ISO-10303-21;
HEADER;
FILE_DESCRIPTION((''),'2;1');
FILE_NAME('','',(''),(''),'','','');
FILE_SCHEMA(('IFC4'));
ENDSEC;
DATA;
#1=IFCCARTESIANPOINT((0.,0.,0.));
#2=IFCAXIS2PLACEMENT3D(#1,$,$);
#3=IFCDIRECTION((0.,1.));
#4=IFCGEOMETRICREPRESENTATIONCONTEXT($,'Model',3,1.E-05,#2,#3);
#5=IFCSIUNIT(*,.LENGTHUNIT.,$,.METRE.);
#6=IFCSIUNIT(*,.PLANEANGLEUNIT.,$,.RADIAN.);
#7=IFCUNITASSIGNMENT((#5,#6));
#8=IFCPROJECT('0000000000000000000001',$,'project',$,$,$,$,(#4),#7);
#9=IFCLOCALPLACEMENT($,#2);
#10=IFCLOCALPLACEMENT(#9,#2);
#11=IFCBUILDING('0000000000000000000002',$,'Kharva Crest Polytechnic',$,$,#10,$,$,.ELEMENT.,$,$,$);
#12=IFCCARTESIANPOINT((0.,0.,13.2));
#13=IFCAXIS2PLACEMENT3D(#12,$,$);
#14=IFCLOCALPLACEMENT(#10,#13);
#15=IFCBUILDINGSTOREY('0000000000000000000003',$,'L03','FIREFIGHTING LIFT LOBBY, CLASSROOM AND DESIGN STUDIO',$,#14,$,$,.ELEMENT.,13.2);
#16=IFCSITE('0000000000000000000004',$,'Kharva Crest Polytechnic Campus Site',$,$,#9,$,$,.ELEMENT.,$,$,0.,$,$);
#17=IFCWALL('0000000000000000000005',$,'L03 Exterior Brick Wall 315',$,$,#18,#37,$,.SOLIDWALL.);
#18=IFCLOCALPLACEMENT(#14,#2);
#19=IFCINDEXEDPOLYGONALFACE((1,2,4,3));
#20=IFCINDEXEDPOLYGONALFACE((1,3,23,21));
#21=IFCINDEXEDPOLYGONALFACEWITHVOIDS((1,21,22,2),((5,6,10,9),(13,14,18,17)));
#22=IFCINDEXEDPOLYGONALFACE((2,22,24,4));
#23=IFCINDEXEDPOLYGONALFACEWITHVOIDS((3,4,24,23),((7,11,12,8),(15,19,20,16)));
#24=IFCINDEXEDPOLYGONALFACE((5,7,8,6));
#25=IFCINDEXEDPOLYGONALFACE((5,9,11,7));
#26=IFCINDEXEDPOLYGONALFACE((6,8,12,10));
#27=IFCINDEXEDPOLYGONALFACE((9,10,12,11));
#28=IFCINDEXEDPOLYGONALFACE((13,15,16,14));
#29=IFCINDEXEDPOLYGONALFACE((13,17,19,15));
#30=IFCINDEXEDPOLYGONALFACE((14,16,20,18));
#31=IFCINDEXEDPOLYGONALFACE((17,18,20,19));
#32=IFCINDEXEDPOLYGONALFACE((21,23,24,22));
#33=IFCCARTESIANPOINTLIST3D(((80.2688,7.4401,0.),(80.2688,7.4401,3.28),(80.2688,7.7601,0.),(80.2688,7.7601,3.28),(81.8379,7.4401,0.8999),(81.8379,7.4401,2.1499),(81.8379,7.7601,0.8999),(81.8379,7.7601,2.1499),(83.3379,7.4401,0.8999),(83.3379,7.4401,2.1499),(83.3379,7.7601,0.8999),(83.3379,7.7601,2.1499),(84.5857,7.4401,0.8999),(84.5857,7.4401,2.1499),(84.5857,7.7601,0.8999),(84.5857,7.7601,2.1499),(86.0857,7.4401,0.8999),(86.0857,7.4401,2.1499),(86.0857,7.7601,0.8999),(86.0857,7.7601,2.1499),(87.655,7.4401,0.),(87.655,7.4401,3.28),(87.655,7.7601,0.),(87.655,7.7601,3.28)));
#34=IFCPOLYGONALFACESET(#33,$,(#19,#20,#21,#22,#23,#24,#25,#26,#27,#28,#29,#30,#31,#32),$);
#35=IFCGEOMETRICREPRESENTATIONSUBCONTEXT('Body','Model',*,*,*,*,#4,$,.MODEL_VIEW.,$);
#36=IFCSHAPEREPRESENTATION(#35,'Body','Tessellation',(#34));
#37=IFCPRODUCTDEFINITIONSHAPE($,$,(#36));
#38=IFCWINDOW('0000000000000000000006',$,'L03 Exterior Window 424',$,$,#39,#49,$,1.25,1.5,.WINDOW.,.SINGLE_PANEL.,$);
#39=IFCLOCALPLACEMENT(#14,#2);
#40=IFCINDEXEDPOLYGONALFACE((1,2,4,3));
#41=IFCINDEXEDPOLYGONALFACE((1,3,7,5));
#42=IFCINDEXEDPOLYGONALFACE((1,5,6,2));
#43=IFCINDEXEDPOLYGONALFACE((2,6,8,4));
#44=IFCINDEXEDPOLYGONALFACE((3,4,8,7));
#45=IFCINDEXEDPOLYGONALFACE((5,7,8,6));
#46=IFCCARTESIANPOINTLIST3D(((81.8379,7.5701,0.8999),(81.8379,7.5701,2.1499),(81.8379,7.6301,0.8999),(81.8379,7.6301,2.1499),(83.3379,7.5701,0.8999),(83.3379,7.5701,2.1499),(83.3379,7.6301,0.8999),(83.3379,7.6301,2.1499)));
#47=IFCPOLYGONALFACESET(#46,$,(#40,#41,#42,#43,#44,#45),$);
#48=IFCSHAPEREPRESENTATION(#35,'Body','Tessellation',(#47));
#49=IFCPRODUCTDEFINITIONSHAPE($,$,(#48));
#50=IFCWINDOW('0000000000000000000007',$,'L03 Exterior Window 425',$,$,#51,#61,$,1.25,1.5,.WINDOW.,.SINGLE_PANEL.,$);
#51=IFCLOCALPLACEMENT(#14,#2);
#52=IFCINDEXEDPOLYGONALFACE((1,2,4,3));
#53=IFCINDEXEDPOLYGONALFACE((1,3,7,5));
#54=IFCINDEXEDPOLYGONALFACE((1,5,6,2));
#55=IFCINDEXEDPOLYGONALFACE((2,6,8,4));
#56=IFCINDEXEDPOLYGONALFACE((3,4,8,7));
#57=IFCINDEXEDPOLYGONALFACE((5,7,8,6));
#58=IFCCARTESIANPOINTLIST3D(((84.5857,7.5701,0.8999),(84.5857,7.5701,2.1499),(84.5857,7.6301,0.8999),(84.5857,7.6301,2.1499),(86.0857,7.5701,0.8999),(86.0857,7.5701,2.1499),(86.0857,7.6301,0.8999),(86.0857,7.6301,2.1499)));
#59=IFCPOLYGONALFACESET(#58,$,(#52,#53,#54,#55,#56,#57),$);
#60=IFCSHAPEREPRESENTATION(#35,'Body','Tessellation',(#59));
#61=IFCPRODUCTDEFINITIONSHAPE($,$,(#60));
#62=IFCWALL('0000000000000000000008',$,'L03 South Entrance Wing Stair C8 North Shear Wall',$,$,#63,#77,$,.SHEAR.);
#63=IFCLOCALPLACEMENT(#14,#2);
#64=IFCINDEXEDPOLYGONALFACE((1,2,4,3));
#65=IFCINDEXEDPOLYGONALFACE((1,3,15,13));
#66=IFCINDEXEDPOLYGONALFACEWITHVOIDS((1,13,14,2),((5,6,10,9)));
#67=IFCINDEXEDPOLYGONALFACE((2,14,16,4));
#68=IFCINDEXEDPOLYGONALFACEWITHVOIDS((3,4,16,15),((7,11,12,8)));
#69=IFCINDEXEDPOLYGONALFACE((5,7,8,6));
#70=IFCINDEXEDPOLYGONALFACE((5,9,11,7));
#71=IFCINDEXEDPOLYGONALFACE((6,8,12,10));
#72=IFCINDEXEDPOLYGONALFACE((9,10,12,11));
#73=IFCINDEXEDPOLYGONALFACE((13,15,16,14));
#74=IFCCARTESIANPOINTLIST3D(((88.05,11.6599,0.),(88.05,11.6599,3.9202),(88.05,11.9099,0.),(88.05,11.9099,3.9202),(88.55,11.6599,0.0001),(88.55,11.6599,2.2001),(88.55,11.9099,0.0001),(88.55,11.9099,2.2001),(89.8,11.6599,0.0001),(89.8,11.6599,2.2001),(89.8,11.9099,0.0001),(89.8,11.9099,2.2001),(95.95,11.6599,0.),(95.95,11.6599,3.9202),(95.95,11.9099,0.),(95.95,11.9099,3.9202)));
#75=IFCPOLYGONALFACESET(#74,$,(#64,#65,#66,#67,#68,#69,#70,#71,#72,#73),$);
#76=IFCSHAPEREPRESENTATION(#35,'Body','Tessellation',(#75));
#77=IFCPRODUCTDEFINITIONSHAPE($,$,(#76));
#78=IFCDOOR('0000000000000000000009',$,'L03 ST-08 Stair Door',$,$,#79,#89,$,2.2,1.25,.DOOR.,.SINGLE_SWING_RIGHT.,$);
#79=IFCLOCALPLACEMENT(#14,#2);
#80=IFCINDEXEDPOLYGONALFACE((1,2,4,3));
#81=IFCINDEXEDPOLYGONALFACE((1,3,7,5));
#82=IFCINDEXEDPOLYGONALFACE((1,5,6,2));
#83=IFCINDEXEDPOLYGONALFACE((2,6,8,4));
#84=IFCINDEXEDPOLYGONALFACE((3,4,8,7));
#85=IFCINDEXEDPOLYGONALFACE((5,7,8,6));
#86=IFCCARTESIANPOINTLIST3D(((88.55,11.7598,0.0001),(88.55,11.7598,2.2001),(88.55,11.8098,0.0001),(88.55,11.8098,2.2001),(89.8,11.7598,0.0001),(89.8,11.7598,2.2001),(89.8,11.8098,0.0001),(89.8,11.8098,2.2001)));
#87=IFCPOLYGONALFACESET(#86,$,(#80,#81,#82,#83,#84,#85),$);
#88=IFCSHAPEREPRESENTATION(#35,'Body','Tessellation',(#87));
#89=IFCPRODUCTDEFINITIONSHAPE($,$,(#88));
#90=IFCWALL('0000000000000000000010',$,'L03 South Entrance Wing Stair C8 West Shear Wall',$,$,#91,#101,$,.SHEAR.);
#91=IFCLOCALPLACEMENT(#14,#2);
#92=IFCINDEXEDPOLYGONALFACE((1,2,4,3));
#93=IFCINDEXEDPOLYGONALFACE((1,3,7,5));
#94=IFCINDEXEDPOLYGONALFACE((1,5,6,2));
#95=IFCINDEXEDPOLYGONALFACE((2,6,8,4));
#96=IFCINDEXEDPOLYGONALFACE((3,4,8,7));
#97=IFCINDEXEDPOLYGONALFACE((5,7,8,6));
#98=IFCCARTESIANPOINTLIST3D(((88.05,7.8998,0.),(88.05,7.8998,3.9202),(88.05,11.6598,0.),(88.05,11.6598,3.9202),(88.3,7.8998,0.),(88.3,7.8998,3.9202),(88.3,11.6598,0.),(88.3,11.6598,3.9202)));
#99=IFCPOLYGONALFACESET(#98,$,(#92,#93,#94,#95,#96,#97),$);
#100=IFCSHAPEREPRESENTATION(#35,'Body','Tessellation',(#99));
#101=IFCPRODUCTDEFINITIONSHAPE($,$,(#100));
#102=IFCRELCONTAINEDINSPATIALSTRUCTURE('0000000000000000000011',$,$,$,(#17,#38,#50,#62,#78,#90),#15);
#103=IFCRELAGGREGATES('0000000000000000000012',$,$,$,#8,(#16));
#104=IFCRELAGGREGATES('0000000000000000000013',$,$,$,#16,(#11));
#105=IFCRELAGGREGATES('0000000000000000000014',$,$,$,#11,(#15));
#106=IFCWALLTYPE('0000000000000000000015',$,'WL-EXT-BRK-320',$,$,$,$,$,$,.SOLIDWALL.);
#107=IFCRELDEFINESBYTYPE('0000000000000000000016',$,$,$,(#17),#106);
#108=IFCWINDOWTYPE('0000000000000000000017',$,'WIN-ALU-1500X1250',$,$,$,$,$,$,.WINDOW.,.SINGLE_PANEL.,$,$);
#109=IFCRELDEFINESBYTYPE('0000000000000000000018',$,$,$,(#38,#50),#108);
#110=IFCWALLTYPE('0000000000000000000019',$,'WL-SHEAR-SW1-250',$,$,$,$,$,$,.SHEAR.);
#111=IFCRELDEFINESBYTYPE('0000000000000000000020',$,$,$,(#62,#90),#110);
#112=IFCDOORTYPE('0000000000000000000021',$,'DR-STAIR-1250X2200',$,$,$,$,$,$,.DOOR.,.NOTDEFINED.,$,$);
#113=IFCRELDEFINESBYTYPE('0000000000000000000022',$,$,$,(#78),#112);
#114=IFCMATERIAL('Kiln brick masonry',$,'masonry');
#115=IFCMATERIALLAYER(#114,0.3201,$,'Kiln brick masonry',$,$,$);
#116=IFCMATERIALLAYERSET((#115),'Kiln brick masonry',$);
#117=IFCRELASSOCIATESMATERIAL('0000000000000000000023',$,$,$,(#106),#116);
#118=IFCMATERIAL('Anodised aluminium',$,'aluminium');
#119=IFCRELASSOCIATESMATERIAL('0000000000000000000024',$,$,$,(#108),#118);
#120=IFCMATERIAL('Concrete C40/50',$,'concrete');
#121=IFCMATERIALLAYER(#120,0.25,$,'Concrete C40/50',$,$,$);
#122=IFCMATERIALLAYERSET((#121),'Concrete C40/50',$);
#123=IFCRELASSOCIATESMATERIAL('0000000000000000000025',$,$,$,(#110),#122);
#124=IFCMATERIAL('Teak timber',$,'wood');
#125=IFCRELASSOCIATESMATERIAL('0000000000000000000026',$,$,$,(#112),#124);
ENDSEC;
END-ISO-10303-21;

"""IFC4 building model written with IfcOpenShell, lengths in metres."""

from ifc_helpers import new_model, si_unit, direction, frame, frame_2d, origin, place, context, subcontext, project, spatial, rectangle, extrude, material, layer, layer_set, type_object, element, fill, save


model = new_model("IFC4")

# Units and contexts
model_context = context("Model", 3, precision=1e-05, world=origin(), true_north=direction((0.0, 1.0)))
body_context = subcontext(model_context, "Body", "Model", "MODEL_VIEW")
ifc_project = project(units=[si_unit("LENGTHUNIT", "METRE"), si_unit("PLANEANGLEUNIT", "RADIAN")], contexts=[model_context])

# Site, building, storey
site_placement = place(None, origin())
site = spatial("IfcSite", under=ifc_project, at=site_placement, Name="Kharva Crest Polytechnic Campus Site", CompositionType="ELEMENT", RefElevation=0.0)
building_placement = place(site_placement, origin())
building = spatial("IfcBuilding", under=site, at=building_placement, Name="Kharva Crest Polytechnic", CompositionType="ELEMENT")
storey_placement = place(building_placement, frame((0.0, 0.0, 13.2)))
storey = spatial("IfcBuildingStorey", under=building, at=storey_placement, Name="L03", Description="FIREFIGHTING LIFT LOBBY, CLASSROOM AND DESIGN STUDIO", CompositionType="ELEMENT", Elevation=13.2)

# Shared definitions
ifc_material_1 = material(Name="Concrete C40/50", Category="concrete")

# Wall, openings, windows
ifc_material_2 = material(Name="Kiln brick masonry", Category="masonry")
ifc_layer_1 = layer(ifc_material_2, 0.3201, Name="Kiln brick masonry")
ifc_layer_set_1 = layer_set([ifc_layer_1], Name="Kiln brick masonry")
wall_type_1 = type_object("IfcWallType", Name="WL-EXT-BRK-320", PredefinedType="SOLIDWALL", material=ifc_layer_set_1)
wall_1_placement = place(storey_placement, frame((80.2688, 7.6001, 0.0), z_axis=(0.0, 0.0, 1.0), x_axis=(1.0, 0.0, 0.0)))
wall_1 = element("IfcWall", 1, at=wall_1_placement, inside=storey, type_object=wall_type_1, Name="L03 Exterior Brick Wall 315", PredefinedType="SOLIDWALL", context=body_context, shape_type="SweptSolid", body=[
    extrude(rectangle(XDim=7.3862, YDim=0.3201, at=frame_2d((3.6931, 0.0))), origin(), (0.0, 0.0, 1.0), 3.28),
])
opening_1_placement = place(wall_1_placement, frame((1.5691, 0.0, 0.8999)))
opening_1 = element("IfcOpeningElement", 2, at=opening_1_placement, cuts=wall_1, PredefinedType="OPENING", context=body_context, shape_type="SweptSolid", body=[
    extrude(rectangle(XDim=1.5, YDim=1.25, at=frame_2d((0.75, 0.625))), frame((0.0, 0.1699, 0.0), z_axis=(0.0, -1.0, 0.0), x_axis=(1.0, 0.0, 0.0)), (0.0, 0.0, 1.0), 0.3401),
])
opening_2_placement = place(wall_1_placement, frame((4.3169, 0.0, 0.8999)))
opening_2 = element("IfcOpeningElement", 3, at=opening_2_placement, cuts=wall_1, PredefinedType="OPENING", context=body_context, shape_type="SweptSolid", body=[
    extrude(rectangle(XDim=1.5, YDim=1.25, at=frame_2d((0.75, 0.625))), frame((0.0, 0.1699, 0.0), z_axis=(0.0, -1.0, 0.0), x_axis=(1.0, 0.0, 0.0)), (0.0, 0.0, 1.0), 0.3401),
])
ifc_material_3 = material(Name="Anodised aluminium", Category="aluminium")
window_type = type_object("IfcWindowType", Name="WIN-ALU-1500X1250", PartitioningType="SINGLE_PANEL", PredefinedType="WINDOW", material=ifc_material_3)
window_1_placement = place(opening_1_placement, origin())
window_1 = element("IfcWindow", 4, at=window_1_placement, inside=storey, type_object=window_type, Name="L03 Exterior Window 424", OverallHeight=1.25, OverallWidth=1.5, PartitioningType="SINGLE_PANEL", PredefinedType="WINDOW", context=body_context, shape_type="SweptSolid", body=[
    extrude(rectangle(XDim=1.5, YDim=1.25, at=frame_2d((0.75, 0.625))), frame((0.0, 0.03, 0.0), z_axis=(0.0, -1.0, 0.0), x_axis=(1.0, 0.0, 0.0)), (0.0, 0.0, 1.0), 0.0601),
])
fill(opening_1, window_1)
window_2_placement = place(opening_2_placement, origin())
window_2 = element("IfcWindow", 5, at=window_2_placement, inside=storey, type_object=window_type, Name="L03 Exterior Window 425", OverallHeight=1.25, OverallWidth=1.5, PartitioningType="SINGLE_PANEL", PredefinedType="WINDOW", context=body_context, shape_type="SweptSolid", body=[
    extrude(rectangle(XDim=1.5, YDim=1.25, at=frame_2d((0.75, 0.625))), frame((0.0, 0.03, 0.0), z_axis=(0.0, -1.0, 0.0), x_axis=(1.0, 0.0, 0.0)), (0.0, 0.0, 1.0), 0.0601),
])
fill(opening_2, window_2)

# Wall, opening, door
ifc_layer_2 = layer(ifc_material_1, 0.25, Name="Concrete C40/50")
ifc_layer_set_2 = layer_set([ifc_layer_2], Name="Concrete C40/50")
wall_type_2 = type_object("IfcWallType", Name="WL-SHEAR-SW1-250", PredefinedType="SHEAR", material=ifc_layer_set_2)
wall_2_placement = place(storey_placement, frame((88.05, 11.7849, 0.0), z_axis=(0.0, 0.0, 1.0), x_axis=(1.0, 0.0, 0.0)))
wall_2 = element("IfcWall", 6, at=wall_2_placement, inside=storey, type_object=wall_type_2, Name="L03 South Entrance Wing Stair C8 North Shear Wall", PredefinedType="SHEAR", context=body_context, shape_type="SweptSolid", body=[
    extrude(rectangle(XDim=7.8999, YDim=0.25, at=frame_2d((3.95, 0.0))), origin(), (0.0, 0.0, 1.0), 3.9202),
])
opening_3_placement = place(wall_2_placement, frame((0.5, 0.0, 0.0)))
opening_3 = element("IfcOpeningElement", 7, at=opening_3_placement, cuts=wall_2, PredefinedType="OPENING", context=body_context, shape_type="SweptSolid", body=[
    extrude(rectangle(XDim=1.25, YDim=2.2, at=frame_2d((0.625, 1.1001))), frame((0.0, 0.135, 0.0), z_axis=(0.0, -1.0, 0.0), x_axis=(1.0, 0.0, 0.0)), (0.0, 0.0, 1.0), 0.27),
])
ifc_material_4 = material(Name="Teak timber", Category="wood")
door_type = type_object("IfcDoorType", Name="DR-STAIR-1250X2200", OperationType="NOTDEFINED", PredefinedType="DOOR", material=ifc_material_4)
door_placement = place(opening_3_placement, origin())
door = element("IfcDoor", 8, at=door_placement, inside=storey, type_object=door_type, Name="L03 ST-08 Stair Door", OperationType="SINGLE_SWING_RIGHT", OverallHeight=2.2, OverallWidth=1.25, PredefinedType="DOOR", context=body_context, shape_type="SweptSolid", body=[
    extrude(rectangle(XDim=1.25, YDim=2.2, at=frame_2d((0.625, 1.1001))), frame((0.0, 0.0249, 0.0), z_axis=(0.0, -1.0, 0.0), x_axis=(1.0, 0.0, 0.0)), (0.0, 0.0, 1.0), 0.05),
])
fill(opening_3, door)

# Wall
wall_3_placement = place(storey_placement, frame((88.175, 7.8999, 0.0), z_axis=(0.0, 0.0, 1.0), x_axis=(0.0, 1.0, 0.0)))
element("IfcWall", 9, at=wall_3_placement, inside=storey, type_object=wall_type_2, Name="L03 South Entrance Wing Stair C8 West Shear Wall", PredefinedType="SHEAR", context=body_context, shape_type="SweptSolid", body=[
    extrude(rectangle(XDim=3.76, YDim=0.25, at=frame_2d((1.8799, 0.0))), origin(), (0.0, 0.0, 1.0), 3.9202),
])

save(model, "model.ifc")
